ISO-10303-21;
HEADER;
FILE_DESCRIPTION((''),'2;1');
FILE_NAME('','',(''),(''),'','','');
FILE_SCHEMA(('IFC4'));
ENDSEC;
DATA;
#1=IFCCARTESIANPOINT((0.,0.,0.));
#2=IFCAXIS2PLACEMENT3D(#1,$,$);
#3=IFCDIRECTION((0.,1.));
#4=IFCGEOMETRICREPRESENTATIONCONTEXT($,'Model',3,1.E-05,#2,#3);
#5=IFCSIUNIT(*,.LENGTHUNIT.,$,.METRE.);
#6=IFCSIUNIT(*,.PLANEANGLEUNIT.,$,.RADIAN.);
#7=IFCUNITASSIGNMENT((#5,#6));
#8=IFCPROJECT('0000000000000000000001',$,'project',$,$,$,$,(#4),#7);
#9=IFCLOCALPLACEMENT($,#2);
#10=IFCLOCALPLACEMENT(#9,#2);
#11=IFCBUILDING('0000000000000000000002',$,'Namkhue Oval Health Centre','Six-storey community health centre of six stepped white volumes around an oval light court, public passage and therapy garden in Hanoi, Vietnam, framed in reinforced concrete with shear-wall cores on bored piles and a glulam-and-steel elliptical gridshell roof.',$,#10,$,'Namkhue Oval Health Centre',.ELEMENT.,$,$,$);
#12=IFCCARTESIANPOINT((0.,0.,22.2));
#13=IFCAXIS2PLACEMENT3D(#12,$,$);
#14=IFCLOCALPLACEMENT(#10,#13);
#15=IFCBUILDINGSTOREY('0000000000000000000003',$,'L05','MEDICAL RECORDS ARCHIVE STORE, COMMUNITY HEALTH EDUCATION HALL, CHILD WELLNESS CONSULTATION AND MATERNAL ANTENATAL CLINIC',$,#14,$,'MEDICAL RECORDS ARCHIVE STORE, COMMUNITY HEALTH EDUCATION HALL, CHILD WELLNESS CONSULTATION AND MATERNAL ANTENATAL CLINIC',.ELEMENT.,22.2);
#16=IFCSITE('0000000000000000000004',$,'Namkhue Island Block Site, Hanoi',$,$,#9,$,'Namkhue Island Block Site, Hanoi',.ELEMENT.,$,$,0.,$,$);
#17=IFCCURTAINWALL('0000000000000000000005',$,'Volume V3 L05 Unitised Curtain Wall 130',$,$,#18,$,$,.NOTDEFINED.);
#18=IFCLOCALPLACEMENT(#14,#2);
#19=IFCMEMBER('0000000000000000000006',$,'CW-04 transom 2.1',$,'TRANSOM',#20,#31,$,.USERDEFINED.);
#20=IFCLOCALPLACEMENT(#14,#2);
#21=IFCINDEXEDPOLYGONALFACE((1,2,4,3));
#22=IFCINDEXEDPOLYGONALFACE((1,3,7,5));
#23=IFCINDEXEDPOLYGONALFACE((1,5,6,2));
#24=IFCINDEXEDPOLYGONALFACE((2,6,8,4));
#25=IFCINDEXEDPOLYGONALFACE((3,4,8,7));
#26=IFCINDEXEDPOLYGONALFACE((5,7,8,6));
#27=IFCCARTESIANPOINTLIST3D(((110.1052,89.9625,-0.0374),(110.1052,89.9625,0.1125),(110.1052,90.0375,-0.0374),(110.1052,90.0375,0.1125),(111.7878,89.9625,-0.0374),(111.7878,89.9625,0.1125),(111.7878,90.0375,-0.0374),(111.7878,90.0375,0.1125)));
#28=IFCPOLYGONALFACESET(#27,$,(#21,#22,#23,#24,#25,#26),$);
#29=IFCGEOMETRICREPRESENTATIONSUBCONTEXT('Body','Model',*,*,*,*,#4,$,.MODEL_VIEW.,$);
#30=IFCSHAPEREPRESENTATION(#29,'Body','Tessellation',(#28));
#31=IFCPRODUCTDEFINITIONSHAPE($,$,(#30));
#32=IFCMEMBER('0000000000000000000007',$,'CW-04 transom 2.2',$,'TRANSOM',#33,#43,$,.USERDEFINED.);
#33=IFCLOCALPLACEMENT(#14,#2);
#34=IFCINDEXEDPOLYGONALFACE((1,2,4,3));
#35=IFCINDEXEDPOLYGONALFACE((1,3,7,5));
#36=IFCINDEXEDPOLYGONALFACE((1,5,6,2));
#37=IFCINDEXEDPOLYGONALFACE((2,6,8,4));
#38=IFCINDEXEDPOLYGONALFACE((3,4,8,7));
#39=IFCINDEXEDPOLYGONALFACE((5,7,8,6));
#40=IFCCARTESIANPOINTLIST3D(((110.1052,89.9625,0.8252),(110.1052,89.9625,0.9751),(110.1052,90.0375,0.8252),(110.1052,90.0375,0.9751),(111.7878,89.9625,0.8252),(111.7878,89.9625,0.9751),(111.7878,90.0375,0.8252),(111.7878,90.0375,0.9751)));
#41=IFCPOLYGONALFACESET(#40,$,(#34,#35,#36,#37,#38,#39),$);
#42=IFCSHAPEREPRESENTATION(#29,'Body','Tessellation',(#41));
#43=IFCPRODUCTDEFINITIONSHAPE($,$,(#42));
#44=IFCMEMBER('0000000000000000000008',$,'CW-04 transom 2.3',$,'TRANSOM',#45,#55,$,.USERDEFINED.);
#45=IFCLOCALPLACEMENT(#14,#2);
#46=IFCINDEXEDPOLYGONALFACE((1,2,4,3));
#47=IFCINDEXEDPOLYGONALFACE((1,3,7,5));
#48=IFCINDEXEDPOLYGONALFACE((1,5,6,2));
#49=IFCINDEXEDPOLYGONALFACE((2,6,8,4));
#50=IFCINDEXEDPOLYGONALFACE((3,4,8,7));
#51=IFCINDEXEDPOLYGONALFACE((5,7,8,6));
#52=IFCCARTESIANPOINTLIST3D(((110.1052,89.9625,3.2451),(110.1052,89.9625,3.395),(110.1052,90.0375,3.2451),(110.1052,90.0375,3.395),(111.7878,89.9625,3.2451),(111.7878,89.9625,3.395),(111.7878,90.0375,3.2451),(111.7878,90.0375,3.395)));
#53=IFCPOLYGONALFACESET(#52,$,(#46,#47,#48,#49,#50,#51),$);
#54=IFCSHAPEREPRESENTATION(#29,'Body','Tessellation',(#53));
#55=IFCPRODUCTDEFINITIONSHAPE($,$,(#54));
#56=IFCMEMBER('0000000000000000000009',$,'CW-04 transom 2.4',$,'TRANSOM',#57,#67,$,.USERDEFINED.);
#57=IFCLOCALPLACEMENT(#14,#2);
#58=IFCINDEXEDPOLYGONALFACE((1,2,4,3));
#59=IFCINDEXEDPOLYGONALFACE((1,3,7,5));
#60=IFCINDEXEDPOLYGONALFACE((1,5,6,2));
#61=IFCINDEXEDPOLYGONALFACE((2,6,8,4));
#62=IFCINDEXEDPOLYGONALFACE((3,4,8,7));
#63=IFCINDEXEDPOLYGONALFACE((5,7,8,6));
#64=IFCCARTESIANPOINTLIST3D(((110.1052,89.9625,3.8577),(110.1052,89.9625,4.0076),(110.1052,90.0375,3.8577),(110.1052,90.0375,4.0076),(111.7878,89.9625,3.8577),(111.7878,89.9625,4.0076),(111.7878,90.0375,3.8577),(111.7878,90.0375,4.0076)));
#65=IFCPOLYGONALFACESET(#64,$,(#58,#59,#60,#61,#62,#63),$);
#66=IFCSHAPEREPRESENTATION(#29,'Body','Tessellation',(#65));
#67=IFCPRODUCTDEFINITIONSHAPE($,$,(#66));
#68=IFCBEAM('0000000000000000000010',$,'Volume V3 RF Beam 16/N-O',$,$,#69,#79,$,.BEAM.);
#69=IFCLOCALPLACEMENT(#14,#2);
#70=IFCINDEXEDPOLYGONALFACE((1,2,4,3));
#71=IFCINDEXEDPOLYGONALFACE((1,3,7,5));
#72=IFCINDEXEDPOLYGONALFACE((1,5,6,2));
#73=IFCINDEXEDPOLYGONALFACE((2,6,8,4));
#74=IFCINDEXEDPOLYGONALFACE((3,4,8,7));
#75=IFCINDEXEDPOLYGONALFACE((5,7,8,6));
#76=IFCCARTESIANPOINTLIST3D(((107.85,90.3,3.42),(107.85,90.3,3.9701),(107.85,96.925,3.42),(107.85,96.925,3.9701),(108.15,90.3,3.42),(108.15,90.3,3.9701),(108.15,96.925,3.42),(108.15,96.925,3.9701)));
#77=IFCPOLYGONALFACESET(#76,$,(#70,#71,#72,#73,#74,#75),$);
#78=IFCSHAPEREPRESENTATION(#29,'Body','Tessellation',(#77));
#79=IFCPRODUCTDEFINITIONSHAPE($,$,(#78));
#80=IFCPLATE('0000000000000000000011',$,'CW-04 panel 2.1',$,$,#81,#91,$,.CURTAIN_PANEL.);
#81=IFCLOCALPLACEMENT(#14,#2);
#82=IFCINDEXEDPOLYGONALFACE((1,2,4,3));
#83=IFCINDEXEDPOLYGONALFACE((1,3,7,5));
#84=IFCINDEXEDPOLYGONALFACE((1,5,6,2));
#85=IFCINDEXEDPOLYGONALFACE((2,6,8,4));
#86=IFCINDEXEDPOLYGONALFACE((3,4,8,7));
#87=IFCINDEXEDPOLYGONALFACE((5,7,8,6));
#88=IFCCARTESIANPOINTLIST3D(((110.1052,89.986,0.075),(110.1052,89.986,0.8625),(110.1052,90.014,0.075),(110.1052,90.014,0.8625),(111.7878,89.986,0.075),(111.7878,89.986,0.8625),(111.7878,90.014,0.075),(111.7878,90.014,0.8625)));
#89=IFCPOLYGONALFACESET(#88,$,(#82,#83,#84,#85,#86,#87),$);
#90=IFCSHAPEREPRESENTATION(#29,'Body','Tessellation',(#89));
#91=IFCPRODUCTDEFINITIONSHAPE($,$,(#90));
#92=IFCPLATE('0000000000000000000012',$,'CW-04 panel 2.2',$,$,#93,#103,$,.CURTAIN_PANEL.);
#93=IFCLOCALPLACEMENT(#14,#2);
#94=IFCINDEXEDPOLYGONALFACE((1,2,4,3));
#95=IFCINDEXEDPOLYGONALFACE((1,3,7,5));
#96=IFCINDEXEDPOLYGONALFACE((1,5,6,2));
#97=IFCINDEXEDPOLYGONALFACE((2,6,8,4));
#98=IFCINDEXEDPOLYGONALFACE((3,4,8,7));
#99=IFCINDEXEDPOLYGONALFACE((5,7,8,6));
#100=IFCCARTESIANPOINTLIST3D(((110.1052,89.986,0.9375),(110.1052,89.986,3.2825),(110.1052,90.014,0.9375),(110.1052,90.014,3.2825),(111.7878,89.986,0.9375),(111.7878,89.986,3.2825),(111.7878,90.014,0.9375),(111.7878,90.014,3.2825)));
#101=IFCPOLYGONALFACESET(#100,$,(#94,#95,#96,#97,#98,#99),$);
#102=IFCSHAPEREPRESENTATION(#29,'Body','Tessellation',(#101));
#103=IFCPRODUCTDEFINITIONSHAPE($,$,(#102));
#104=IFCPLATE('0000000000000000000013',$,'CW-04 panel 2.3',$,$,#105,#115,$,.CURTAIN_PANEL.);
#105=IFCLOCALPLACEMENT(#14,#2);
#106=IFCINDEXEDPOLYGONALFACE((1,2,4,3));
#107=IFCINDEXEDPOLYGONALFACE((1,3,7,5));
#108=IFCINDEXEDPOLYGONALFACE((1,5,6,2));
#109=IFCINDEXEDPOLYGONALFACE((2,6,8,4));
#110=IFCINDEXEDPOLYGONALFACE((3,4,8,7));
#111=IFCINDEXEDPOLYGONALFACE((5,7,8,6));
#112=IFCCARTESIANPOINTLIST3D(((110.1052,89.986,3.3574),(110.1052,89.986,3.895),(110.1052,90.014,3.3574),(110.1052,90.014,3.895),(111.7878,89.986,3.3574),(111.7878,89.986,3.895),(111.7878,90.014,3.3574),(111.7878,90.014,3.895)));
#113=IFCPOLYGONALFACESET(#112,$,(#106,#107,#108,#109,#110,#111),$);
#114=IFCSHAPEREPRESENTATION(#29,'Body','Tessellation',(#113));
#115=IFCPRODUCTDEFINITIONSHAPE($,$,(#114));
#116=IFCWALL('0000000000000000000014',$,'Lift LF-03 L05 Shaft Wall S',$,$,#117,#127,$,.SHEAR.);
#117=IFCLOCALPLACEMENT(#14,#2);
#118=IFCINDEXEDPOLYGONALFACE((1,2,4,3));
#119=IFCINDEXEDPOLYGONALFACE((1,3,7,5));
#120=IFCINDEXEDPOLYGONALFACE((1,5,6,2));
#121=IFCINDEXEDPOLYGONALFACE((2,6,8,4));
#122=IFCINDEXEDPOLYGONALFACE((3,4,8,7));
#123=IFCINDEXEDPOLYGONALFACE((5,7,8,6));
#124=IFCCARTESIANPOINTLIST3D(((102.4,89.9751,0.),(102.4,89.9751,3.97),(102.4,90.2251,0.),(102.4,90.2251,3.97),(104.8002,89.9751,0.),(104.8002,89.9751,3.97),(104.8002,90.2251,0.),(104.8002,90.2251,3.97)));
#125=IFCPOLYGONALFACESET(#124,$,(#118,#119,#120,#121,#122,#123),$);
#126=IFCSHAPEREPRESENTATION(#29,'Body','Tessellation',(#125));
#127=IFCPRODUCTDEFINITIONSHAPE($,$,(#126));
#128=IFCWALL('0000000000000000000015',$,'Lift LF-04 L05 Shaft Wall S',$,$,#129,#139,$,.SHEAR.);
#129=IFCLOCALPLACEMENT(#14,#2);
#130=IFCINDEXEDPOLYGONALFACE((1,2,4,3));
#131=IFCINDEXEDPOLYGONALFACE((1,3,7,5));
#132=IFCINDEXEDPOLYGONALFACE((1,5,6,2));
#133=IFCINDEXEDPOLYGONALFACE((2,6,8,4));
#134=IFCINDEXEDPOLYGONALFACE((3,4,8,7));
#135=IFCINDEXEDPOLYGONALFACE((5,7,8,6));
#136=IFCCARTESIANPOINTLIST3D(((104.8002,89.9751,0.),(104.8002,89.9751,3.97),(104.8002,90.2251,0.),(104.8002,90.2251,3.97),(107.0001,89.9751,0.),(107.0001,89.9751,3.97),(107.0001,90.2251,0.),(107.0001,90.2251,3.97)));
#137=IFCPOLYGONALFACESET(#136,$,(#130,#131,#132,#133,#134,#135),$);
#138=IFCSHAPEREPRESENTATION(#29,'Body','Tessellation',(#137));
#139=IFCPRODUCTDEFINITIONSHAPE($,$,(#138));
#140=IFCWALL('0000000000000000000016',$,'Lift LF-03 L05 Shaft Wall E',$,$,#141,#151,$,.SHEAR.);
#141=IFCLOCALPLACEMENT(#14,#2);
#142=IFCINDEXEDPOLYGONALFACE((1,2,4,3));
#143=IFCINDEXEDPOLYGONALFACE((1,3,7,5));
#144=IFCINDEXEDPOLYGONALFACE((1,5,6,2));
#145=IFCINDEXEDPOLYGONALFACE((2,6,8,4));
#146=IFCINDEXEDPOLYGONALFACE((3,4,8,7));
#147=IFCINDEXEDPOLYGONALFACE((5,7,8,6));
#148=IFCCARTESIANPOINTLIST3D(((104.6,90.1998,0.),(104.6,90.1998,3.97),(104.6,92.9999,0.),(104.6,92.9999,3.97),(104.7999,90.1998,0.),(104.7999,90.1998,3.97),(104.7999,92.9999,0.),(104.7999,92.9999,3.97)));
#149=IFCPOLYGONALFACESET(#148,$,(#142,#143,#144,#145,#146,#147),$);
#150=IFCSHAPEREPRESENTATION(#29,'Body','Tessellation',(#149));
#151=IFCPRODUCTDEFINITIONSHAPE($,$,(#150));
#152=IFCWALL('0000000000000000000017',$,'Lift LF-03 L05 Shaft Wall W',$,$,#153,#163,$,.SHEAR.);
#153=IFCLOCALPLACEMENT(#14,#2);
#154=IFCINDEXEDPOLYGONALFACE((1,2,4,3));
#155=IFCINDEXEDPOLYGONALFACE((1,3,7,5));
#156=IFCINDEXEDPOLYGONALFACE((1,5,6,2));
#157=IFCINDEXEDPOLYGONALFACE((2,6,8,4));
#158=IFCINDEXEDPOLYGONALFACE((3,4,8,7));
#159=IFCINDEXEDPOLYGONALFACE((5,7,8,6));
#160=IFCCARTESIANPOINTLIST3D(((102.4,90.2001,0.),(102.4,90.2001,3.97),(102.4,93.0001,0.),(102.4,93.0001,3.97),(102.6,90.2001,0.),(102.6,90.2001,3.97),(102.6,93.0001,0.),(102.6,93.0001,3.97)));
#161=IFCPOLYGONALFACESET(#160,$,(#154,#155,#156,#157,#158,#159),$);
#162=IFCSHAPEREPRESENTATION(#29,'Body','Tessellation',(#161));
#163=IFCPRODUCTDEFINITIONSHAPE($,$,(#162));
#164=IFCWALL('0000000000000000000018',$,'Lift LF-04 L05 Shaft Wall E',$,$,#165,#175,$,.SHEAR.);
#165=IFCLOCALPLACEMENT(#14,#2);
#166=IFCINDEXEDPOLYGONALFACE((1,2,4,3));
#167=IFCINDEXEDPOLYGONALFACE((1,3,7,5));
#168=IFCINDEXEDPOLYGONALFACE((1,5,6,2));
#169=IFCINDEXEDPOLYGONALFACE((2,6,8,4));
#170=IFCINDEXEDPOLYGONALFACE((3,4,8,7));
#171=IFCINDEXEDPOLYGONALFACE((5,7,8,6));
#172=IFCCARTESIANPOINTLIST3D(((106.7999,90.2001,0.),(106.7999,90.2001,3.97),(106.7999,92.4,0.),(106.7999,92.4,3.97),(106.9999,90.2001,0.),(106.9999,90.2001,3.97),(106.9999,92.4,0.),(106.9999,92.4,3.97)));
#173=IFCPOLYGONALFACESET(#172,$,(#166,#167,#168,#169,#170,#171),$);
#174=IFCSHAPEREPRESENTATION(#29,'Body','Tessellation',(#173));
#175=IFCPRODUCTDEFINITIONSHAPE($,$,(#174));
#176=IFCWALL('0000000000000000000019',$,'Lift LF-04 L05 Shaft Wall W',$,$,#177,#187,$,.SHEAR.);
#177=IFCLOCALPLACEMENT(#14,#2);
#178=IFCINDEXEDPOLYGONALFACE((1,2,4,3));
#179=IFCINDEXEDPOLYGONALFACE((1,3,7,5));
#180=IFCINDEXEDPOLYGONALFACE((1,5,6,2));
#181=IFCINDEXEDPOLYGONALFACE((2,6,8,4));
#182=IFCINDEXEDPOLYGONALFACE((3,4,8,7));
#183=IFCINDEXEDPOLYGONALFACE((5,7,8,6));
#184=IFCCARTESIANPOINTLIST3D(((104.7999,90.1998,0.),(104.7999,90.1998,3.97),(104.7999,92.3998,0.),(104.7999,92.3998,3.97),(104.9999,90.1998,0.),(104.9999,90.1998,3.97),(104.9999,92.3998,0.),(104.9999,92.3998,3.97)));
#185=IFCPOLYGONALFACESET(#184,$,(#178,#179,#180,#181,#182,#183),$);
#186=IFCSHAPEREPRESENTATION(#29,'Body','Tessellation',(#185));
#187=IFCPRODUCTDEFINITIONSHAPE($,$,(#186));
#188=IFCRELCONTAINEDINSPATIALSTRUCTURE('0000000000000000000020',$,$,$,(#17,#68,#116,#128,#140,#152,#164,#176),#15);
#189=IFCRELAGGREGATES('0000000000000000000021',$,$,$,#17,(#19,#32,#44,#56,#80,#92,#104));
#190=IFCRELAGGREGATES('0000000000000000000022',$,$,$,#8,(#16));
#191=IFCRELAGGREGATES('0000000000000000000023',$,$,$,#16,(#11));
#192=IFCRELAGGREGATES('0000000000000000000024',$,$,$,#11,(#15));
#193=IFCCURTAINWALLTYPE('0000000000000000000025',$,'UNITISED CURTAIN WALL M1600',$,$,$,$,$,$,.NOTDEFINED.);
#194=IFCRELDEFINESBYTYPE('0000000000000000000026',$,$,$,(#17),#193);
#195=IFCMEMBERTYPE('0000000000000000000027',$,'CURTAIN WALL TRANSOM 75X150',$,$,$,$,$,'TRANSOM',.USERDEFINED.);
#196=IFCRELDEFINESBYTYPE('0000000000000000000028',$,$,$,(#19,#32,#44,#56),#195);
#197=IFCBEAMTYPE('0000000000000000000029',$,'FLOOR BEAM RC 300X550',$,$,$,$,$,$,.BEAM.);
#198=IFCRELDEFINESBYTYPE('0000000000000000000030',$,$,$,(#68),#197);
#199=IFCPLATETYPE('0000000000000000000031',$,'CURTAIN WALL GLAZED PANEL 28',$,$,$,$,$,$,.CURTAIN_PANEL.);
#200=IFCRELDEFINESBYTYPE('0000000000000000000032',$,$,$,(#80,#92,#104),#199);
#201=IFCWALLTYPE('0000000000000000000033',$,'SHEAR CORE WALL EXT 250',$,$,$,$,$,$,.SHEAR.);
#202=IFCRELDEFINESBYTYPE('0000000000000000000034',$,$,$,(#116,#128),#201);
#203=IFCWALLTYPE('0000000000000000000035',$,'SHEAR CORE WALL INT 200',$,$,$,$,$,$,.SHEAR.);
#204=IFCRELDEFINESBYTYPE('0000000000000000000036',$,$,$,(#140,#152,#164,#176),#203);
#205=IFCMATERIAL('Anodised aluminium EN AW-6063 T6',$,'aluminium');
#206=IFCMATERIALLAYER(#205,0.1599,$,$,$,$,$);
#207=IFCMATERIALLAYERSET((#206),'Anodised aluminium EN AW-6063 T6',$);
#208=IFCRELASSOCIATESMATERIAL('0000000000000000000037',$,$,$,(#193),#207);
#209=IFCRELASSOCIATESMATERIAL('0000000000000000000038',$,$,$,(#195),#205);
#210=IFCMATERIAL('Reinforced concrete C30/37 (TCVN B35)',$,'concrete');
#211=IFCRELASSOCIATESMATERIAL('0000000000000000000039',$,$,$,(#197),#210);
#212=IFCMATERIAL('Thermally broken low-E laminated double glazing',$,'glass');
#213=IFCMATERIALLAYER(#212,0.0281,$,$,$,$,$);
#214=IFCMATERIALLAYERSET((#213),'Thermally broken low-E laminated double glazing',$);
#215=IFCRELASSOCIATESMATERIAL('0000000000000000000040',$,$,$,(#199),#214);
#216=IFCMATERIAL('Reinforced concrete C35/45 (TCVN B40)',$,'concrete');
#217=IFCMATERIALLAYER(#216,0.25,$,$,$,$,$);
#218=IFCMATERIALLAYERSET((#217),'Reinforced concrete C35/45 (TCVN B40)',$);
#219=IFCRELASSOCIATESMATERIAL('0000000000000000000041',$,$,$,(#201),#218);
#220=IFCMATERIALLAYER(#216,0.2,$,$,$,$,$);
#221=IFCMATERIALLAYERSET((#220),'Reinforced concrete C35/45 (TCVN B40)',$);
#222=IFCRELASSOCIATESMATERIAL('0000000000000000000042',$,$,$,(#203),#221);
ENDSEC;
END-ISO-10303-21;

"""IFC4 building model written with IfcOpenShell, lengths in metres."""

from ifc_helpers import new_model, si_unit, direction, frame, frame_2d, origin, origin_2d, place, context, subcontext, project, spatial, rectangle, extrude, material, layer, layer_set, material_profile, profile_set, type_object, element, aggregate, save


model = new_model("IFC4")

# Units and contexts
model_context = context("Model", 3, precision=1e-05, world=origin(), true_north=direction((0.0, 1.0)))
body_context = subcontext(model_context, "Body", "Model", "MODEL_VIEW")
ifc_project = project(units=[si_unit("LENGTHUNIT", "METRE"), si_unit("PLANEANGLEUNIT", "RADIAN")], contexts=[model_context])

# Site, building, storey
site_placement = place(None, origin())
site = spatial("IfcSite", under=ifc_project, at=site_placement, Name="Namkhue Island Block Site, Hanoi", LongName="Namkhue Island Block Site, Hanoi", CompositionType="ELEMENT", RefElevation=0.0)
building_placement = place(site_placement, origin())
building = spatial("IfcBuilding", under=site, at=building_placement, Name="Namkhue Oval Health Centre", Description="Six-storey community health centre of six stepped white volumes around an oval light court, public passage and therapy garden in Hanoi, Vietnam, framed in reinforced concrete with shear-wall cores on bored piles and a glulam-and-steel elliptical gridshell roof.", LongName="Namkhue Oval Health Centre", CompositionType="ELEMENT")
storey_placement = place(building_placement, frame((0.0, 0.0, 22.2)))
storey = spatial("IfcBuildingStorey", under=building, at=storey_placement, Name="L05", Description="MEDICAL RECORDS ARCHIVE STORE, COMMUNITY HEALTH EDUCATION HALL, CHILD WELLNESS CONSULTATION AND MATERNAL ANTENATAL CLINIC", LongName="MEDICAL RECORDS ARCHIVE STORE, COMMUNITY HEALTH EDUCATION HALL, CHILD WELLNESS CONSULTATION AND MATERNAL ANTENATAL CLINIC", CompositionType="ELEMENT", Elevation=22.2)

# Curtain wall, members
ifc_material_1 = material(Name="Anodised aluminium EN AW-6063 T6", Category="aluminium")
ifc_layer_1 = layer(ifc_material_1, 0.1599)
ifc_layer_set_1 = layer_set([ifc_layer_1], Name="Anodised aluminium EN AW-6063 T6")
curtain_wall_type = type_object("IfcCurtainWallType", Name="UNITISED CURTAIN WALL M1600", PredefinedType="NOTDEFINED", material=ifc_layer_set_1)
curtain_wall_placement = place(storey_placement, origin())
curtain_wall = element("IfcCurtainWall", 1, at=curtain_wall_placement, inside=storey, type_object=curtain_wall_type, Name="Volume V3 L05 Unitised Curtain Wall 130", PredefinedType="NOTDEFINED")
ifc_material_profile_1 = material_profile(ifc_material_1, rectangle(XDim=0.075, YDim=0.1499, at=origin_2d()), Name="ALU 75x150")
ifc_profile_set_1 = profile_set([ifc_material_profile_1], Name="Anodised aluminium EN AW-6063 T6")
member_type = type_object("IfcMemberType", Name="CURTAIN WALL TRANSOM 75X150", ElementType="TRANSOM", PredefinedType="USERDEFINED", material=ifc_profile_set_1)
member_1_placement = place(storey_placement, frame((110.1052, 90.0, 0.0376), z_axis=(1.0, 0.0, 0.0), x_axis=(0.0, 1.0, 0.0)))
member_1 = element("IfcMember", 2, at=member_1_placement, type_object=member_type, Name="CW-04 transom 2.1", ObjectType="TRANSOM", PredefinedType="USERDEFINED", context=body_context, shape_type="SweptSolid", body=[
    extrude(rectangle(XDim=0.075, YDim=0.1499, at=origin_2d()), origin(), (0.0, 0.0, 1.0), 1.6826),
])
member_2_placement = place(storey_placement, frame((110.1052, 90.0, 0.9001), z_axis=(1.0, 0.0, 0.0), x_axis=(0.0, 1.0, 0.0)))
member_2 = element("IfcMember", 3, at=member_2_placement, type_object=member_type, Name="CW-04 transom 2.2", ObjectType="TRANSOM", PredefinedType="USERDEFINED", context=body_context, shape_type="SweptSolid", body=[
    extrude(rectangle(XDim=0.075, YDim=0.1499, at=origin_2d()), origin(), (0.0, 0.0, 1.0), 1.6826),
])
member_3_placement = place(storey_placement, frame((110.1052, 90.0, 3.3201), z_axis=(1.0, 0.0, 0.0), x_axis=(0.0, 1.0, 0.0)))
member_3 = element("IfcMember", 4, at=member_3_placement, type_object=member_type, Name="CW-04 transom 2.3", ObjectType="TRANSOM", PredefinedType="USERDEFINED", context=body_context, shape_type="SweptSolid", body=[
    extrude(rectangle(XDim=0.075, YDim=0.1499, at=origin_2d()), origin(), (0.0, 0.0, 1.0), 1.6826),
])
member_4_placement = place(storey_placement, frame((110.1052, 90.0, 3.9326), z_axis=(1.0, 0.0, 0.0), x_axis=(0.0, 1.0, 0.0)))
member_4 = element("IfcMember", 5, at=member_4_placement, type_object=member_type, Name="CW-04 transom 2.4", ObjectType="TRANSOM", PredefinedType="USERDEFINED", context=body_context, shape_type="SweptSolid", body=[
    extrude(rectangle(XDim=0.075, YDim=0.1499, at=origin_2d()), origin(), (0.0, 0.0, 1.0), 1.6826),
])

# Beam
ifc_material_2 = material(Name="Reinforced concrete C30/37 (TCVN B35)", Category="concrete")
ifc_material_profile_2 = material_profile(ifc_material_2, rectangle(XDim=0.3, YDim=0.55, at=origin_2d()), Name="RC 300x550")
ifc_profile_set_2 = profile_set([ifc_material_profile_2], Name="Reinforced concrete C30/37 (TCVN B35)")
beam_type = type_object("IfcBeamType", Name="FLOOR BEAM RC 300X550", PredefinedType="BEAM", material=ifc_profile_set_2)
beam_placement = place(storey_placement, frame((108.0, 90.3, 3.6951), z_axis=(0.0, 1.0, 0.0), x_axis=(-1.0, 0.0, 0.0)))
element("IfcBeam", 6, at=beam_placement, inside=storey, type_object=beam_type, Name="Volume V3 RF Beam 16/N-O", PredefinedType="BEAM", context=body_context, shape_type="SweptSolid", body=[
    extrude(rectangle(XDim=0.3, YDim=0.55, at=origin_2d()), origin(), (0.0, 0.0, 1.0), 6.625),
])

# Plates
ifc_material_3 = material(Name="Thermally broken low-E laminated double glazing", Category="glass")
ifc_layer_2 = layer(ifc_material_3, 0.0281)
ifc_layer_set_2 = layer_set([ifc_layer_2], Name="Thermally broken low-E laminated double glazing")
plate_type = type_object("IfcPlateType", Name="CURTAIN WALL GLAZED PANEL 28", PredefinedType="CURTAIN_PANEL", material=ifc_layer_set_2)
plate_1_placement = place(storey_placement, frame((110.9465, 90.0, 0.075), z_axis=(0.0, 0.0, 1.0), x_axis=(1.0, 0.0, 0.0)))
plate_1 = element("IfcPlate", 7, at=plate_1_placement, type_object=plate_type, Name="CW-04 panel 2.1", PredefinedType="CURTAIN_PANEL", context=body_context, shape_type="SweptSolid", body=[
    extrude(rectangle(XDim=1.6826, YDim=0.0281, at=origin_2d()), origin(), (0.0, 0.0, 1.0), 0.7876),
])
plate_2_placement = place(storey_placement, frame((110.9465, 90.0, 0.9375), z_axis=(0.0, 0.0, 1.0), x_axis=(1.0, 0.0, 0.0)))
plate_2 = element("IfcPlate", 8, at=plate_2_placement, type_object=plate_type, Name="CW-04 panel 2.2", PredefinedType="CURTAIN_PANEL", context=body_context, shape_type="SweptSolid", body=[
    extrude(rectangle(XDim=1.6826, YDim=0.0281, at=origin_2d()), origin(), (0.0, 0.0, 1.0), 2.345),
])
plate_3_placement = place(storey_placement, frame((110.9465, 90.0, 3.3574), z_axis=(0.0, 0.0, 1.0), x_axis=(1.0, 0.0, 0.0)))
plate_3 = element("IfcPlate", 9, at=plate_3_placement, type_object=plate_type, Name="CW-04 panel 2.3", PredefinedType="CURTAIN_PANEL", context=body_context, shape_type="SweptSolid", body=[
    extrude(rectangle(XDim=1.6826, YDim=0.0281, at=origin_2d()), origin(), (0.0, 0.0, 1.0), 0.5376),
])
aggregate(curtain_wall, [member_1, member_2, member_3, member_4, plate_1, plate_2, plate_3])

# Walls
ifc_material_4 = material(Name="Reinforced concrete C35/45 (TCVN B40)", Category="concrete")
ifc_layer_3 = layer(ifc_material_4, 0.25)
ifc_layer_set_3 = layer_set([ifc_layer_3], Name="Reinforced concrete C35/45 (TCVN B40)")
wall_type_1 = type_object("IfcWallType", Name="SHEAR CORE WALL EXT 250", PredefinedType="SHEAR", material=ifc_layer_set_3)
wall_1_placement = place(storey_placement, frame((102.3999, 90.1001, 0.0), z_axis=(0.0, 0.0, 1.0), x_axis=(1.0, 0.0, 0.0)))
element("IfcWall", 10, at=wall_1_placement, inside=storey, type_object=wall_type_1, Name="Lift LF-03 L05 Shaft Wall S", PredefinedType="SHEAR", context=body_context, shape_type="SweptSolid", body=[
    extrude(rectangle(XDim=2.4001, YDim=0.25, at=frame_2d((1.2002, 0.0))), origin(), (0.0, 0.0, 1.0), 3.97),
])
wall_2_placement = place(storey_placement, frame((104.8, 90.1001, 0.0), z_axis=(0.0, 0.0, 1.0), x_axis=(1.0, 0.0, 0.0)))
element("IfcWall", 11, at=wall_2_placement, inside=storey, type_object=wall_type_1, Name="Lift LF-04 L05 Shaft Wall S", PredefinedType="SHEAR", context=body_context, shape_type="SweptSolid", body=[
    extrude(rectangle(XDim=2.2, YDim=0.25, at=frame_2d((1.1001, 0.0))), origin(), (0.0, 0.0, 1.0), 3.97),
])
ifc_layer_4 = layer(ifc_material_4, 0.2)
ifc_layer_set_4 = layer_set([ifc_layer_4], Name="Reinforced concrete C35/45 (TCVN B40)")
wall_type_2 = type_object("IfcWallType", Name="SHEAR CORE WALL INT 200", PredefinedType="SHEAR", material=ifc_layer_set_4)
wall_3_placement = place(storey_placement, frame((104.7, 90.2, 0.0), z_axis=(0.0, 0.0, 1.0), x_axis=(0.0, 1.0, 0.0)))
element("IfcWall", 12, at=wall_3_placement, inside=storey, type_object=wall_type_2, Name="Lift LF-03 L05 Shaft Wall E", PredefinedType="SHEAR", context=body_context, shape_type="SweptSolid", body=[
    extrude(rectangle(XDim=2.8, YDim=0.2, at=frame_2d((1.3999, 0.0))), origin(), (0.0, 0.0, 1.0), 3.97),
])

# Walls
wall_4_placement = place(storey_placement, frame((102.5, 93.0, 0.0), z_axis=(0.0, 0.0, 1.0), x_axis=(0.0, -1.0, 0.0)))
element("IfcWall", 13, at=wall_4_placement, inside=storey, type_object=wall_type_2, Name="Lift LF-03 L05 Shaft Wall W", PredefinedType="SHEAR", context=body_context, shape_type="SweptSolid", body=[
    extrude(rectangle(XDim=2.8, YDim=0.2, at=frame_2d((1.3999, 0.0))), origin(), (0.0, 0.0, 1.0), 3.97),
])
wall_5_placement = place(storey_placement, frame((106.8999, 90.2, 0.0), z_axis=(0.0, 0.0, 1.0), x_axis=(0.0, 1.0, 0.0)))
element("IfcWall", 14, at=wall_5_placement, inside=storey, type_object=wall_type_2, Name="Lift LF-04 L05 Shaft Wall E", PredefinedType="SHEAR", context=body_context, shape_type="SweptSolid", body=[
    extrude(rectangle(XDim=2.2, YDim=0.2, at=frame_2d((1.1001, 0.0))), origin(), (0.0, 0.0, 1.0), 3.97),
])

# Wall
wall_6_placement = place(storey_placement, frame((104.8999, 92.3999, 0.0), z_axis=(0.0, 0.0, 1.0), x_axis=(0.0, -1.0, 0.0)))
element("IfcWall", 15, at=wall_6_placement, inside=storey, type_object=wall_type_2, Name="Lift LF-04 L05 Shaft Wall W", PredefinedType="SHEAR", context=body_context, shape_type="SweptSolid", body=[
    extrude(rectangle(XDim=2.2, YDim=0.2, at=frame_2d((1.1001, 0.0))), origin(), (0.0, 0.0, 1.0), 3.97),
])

save(model, "model.ifc")
